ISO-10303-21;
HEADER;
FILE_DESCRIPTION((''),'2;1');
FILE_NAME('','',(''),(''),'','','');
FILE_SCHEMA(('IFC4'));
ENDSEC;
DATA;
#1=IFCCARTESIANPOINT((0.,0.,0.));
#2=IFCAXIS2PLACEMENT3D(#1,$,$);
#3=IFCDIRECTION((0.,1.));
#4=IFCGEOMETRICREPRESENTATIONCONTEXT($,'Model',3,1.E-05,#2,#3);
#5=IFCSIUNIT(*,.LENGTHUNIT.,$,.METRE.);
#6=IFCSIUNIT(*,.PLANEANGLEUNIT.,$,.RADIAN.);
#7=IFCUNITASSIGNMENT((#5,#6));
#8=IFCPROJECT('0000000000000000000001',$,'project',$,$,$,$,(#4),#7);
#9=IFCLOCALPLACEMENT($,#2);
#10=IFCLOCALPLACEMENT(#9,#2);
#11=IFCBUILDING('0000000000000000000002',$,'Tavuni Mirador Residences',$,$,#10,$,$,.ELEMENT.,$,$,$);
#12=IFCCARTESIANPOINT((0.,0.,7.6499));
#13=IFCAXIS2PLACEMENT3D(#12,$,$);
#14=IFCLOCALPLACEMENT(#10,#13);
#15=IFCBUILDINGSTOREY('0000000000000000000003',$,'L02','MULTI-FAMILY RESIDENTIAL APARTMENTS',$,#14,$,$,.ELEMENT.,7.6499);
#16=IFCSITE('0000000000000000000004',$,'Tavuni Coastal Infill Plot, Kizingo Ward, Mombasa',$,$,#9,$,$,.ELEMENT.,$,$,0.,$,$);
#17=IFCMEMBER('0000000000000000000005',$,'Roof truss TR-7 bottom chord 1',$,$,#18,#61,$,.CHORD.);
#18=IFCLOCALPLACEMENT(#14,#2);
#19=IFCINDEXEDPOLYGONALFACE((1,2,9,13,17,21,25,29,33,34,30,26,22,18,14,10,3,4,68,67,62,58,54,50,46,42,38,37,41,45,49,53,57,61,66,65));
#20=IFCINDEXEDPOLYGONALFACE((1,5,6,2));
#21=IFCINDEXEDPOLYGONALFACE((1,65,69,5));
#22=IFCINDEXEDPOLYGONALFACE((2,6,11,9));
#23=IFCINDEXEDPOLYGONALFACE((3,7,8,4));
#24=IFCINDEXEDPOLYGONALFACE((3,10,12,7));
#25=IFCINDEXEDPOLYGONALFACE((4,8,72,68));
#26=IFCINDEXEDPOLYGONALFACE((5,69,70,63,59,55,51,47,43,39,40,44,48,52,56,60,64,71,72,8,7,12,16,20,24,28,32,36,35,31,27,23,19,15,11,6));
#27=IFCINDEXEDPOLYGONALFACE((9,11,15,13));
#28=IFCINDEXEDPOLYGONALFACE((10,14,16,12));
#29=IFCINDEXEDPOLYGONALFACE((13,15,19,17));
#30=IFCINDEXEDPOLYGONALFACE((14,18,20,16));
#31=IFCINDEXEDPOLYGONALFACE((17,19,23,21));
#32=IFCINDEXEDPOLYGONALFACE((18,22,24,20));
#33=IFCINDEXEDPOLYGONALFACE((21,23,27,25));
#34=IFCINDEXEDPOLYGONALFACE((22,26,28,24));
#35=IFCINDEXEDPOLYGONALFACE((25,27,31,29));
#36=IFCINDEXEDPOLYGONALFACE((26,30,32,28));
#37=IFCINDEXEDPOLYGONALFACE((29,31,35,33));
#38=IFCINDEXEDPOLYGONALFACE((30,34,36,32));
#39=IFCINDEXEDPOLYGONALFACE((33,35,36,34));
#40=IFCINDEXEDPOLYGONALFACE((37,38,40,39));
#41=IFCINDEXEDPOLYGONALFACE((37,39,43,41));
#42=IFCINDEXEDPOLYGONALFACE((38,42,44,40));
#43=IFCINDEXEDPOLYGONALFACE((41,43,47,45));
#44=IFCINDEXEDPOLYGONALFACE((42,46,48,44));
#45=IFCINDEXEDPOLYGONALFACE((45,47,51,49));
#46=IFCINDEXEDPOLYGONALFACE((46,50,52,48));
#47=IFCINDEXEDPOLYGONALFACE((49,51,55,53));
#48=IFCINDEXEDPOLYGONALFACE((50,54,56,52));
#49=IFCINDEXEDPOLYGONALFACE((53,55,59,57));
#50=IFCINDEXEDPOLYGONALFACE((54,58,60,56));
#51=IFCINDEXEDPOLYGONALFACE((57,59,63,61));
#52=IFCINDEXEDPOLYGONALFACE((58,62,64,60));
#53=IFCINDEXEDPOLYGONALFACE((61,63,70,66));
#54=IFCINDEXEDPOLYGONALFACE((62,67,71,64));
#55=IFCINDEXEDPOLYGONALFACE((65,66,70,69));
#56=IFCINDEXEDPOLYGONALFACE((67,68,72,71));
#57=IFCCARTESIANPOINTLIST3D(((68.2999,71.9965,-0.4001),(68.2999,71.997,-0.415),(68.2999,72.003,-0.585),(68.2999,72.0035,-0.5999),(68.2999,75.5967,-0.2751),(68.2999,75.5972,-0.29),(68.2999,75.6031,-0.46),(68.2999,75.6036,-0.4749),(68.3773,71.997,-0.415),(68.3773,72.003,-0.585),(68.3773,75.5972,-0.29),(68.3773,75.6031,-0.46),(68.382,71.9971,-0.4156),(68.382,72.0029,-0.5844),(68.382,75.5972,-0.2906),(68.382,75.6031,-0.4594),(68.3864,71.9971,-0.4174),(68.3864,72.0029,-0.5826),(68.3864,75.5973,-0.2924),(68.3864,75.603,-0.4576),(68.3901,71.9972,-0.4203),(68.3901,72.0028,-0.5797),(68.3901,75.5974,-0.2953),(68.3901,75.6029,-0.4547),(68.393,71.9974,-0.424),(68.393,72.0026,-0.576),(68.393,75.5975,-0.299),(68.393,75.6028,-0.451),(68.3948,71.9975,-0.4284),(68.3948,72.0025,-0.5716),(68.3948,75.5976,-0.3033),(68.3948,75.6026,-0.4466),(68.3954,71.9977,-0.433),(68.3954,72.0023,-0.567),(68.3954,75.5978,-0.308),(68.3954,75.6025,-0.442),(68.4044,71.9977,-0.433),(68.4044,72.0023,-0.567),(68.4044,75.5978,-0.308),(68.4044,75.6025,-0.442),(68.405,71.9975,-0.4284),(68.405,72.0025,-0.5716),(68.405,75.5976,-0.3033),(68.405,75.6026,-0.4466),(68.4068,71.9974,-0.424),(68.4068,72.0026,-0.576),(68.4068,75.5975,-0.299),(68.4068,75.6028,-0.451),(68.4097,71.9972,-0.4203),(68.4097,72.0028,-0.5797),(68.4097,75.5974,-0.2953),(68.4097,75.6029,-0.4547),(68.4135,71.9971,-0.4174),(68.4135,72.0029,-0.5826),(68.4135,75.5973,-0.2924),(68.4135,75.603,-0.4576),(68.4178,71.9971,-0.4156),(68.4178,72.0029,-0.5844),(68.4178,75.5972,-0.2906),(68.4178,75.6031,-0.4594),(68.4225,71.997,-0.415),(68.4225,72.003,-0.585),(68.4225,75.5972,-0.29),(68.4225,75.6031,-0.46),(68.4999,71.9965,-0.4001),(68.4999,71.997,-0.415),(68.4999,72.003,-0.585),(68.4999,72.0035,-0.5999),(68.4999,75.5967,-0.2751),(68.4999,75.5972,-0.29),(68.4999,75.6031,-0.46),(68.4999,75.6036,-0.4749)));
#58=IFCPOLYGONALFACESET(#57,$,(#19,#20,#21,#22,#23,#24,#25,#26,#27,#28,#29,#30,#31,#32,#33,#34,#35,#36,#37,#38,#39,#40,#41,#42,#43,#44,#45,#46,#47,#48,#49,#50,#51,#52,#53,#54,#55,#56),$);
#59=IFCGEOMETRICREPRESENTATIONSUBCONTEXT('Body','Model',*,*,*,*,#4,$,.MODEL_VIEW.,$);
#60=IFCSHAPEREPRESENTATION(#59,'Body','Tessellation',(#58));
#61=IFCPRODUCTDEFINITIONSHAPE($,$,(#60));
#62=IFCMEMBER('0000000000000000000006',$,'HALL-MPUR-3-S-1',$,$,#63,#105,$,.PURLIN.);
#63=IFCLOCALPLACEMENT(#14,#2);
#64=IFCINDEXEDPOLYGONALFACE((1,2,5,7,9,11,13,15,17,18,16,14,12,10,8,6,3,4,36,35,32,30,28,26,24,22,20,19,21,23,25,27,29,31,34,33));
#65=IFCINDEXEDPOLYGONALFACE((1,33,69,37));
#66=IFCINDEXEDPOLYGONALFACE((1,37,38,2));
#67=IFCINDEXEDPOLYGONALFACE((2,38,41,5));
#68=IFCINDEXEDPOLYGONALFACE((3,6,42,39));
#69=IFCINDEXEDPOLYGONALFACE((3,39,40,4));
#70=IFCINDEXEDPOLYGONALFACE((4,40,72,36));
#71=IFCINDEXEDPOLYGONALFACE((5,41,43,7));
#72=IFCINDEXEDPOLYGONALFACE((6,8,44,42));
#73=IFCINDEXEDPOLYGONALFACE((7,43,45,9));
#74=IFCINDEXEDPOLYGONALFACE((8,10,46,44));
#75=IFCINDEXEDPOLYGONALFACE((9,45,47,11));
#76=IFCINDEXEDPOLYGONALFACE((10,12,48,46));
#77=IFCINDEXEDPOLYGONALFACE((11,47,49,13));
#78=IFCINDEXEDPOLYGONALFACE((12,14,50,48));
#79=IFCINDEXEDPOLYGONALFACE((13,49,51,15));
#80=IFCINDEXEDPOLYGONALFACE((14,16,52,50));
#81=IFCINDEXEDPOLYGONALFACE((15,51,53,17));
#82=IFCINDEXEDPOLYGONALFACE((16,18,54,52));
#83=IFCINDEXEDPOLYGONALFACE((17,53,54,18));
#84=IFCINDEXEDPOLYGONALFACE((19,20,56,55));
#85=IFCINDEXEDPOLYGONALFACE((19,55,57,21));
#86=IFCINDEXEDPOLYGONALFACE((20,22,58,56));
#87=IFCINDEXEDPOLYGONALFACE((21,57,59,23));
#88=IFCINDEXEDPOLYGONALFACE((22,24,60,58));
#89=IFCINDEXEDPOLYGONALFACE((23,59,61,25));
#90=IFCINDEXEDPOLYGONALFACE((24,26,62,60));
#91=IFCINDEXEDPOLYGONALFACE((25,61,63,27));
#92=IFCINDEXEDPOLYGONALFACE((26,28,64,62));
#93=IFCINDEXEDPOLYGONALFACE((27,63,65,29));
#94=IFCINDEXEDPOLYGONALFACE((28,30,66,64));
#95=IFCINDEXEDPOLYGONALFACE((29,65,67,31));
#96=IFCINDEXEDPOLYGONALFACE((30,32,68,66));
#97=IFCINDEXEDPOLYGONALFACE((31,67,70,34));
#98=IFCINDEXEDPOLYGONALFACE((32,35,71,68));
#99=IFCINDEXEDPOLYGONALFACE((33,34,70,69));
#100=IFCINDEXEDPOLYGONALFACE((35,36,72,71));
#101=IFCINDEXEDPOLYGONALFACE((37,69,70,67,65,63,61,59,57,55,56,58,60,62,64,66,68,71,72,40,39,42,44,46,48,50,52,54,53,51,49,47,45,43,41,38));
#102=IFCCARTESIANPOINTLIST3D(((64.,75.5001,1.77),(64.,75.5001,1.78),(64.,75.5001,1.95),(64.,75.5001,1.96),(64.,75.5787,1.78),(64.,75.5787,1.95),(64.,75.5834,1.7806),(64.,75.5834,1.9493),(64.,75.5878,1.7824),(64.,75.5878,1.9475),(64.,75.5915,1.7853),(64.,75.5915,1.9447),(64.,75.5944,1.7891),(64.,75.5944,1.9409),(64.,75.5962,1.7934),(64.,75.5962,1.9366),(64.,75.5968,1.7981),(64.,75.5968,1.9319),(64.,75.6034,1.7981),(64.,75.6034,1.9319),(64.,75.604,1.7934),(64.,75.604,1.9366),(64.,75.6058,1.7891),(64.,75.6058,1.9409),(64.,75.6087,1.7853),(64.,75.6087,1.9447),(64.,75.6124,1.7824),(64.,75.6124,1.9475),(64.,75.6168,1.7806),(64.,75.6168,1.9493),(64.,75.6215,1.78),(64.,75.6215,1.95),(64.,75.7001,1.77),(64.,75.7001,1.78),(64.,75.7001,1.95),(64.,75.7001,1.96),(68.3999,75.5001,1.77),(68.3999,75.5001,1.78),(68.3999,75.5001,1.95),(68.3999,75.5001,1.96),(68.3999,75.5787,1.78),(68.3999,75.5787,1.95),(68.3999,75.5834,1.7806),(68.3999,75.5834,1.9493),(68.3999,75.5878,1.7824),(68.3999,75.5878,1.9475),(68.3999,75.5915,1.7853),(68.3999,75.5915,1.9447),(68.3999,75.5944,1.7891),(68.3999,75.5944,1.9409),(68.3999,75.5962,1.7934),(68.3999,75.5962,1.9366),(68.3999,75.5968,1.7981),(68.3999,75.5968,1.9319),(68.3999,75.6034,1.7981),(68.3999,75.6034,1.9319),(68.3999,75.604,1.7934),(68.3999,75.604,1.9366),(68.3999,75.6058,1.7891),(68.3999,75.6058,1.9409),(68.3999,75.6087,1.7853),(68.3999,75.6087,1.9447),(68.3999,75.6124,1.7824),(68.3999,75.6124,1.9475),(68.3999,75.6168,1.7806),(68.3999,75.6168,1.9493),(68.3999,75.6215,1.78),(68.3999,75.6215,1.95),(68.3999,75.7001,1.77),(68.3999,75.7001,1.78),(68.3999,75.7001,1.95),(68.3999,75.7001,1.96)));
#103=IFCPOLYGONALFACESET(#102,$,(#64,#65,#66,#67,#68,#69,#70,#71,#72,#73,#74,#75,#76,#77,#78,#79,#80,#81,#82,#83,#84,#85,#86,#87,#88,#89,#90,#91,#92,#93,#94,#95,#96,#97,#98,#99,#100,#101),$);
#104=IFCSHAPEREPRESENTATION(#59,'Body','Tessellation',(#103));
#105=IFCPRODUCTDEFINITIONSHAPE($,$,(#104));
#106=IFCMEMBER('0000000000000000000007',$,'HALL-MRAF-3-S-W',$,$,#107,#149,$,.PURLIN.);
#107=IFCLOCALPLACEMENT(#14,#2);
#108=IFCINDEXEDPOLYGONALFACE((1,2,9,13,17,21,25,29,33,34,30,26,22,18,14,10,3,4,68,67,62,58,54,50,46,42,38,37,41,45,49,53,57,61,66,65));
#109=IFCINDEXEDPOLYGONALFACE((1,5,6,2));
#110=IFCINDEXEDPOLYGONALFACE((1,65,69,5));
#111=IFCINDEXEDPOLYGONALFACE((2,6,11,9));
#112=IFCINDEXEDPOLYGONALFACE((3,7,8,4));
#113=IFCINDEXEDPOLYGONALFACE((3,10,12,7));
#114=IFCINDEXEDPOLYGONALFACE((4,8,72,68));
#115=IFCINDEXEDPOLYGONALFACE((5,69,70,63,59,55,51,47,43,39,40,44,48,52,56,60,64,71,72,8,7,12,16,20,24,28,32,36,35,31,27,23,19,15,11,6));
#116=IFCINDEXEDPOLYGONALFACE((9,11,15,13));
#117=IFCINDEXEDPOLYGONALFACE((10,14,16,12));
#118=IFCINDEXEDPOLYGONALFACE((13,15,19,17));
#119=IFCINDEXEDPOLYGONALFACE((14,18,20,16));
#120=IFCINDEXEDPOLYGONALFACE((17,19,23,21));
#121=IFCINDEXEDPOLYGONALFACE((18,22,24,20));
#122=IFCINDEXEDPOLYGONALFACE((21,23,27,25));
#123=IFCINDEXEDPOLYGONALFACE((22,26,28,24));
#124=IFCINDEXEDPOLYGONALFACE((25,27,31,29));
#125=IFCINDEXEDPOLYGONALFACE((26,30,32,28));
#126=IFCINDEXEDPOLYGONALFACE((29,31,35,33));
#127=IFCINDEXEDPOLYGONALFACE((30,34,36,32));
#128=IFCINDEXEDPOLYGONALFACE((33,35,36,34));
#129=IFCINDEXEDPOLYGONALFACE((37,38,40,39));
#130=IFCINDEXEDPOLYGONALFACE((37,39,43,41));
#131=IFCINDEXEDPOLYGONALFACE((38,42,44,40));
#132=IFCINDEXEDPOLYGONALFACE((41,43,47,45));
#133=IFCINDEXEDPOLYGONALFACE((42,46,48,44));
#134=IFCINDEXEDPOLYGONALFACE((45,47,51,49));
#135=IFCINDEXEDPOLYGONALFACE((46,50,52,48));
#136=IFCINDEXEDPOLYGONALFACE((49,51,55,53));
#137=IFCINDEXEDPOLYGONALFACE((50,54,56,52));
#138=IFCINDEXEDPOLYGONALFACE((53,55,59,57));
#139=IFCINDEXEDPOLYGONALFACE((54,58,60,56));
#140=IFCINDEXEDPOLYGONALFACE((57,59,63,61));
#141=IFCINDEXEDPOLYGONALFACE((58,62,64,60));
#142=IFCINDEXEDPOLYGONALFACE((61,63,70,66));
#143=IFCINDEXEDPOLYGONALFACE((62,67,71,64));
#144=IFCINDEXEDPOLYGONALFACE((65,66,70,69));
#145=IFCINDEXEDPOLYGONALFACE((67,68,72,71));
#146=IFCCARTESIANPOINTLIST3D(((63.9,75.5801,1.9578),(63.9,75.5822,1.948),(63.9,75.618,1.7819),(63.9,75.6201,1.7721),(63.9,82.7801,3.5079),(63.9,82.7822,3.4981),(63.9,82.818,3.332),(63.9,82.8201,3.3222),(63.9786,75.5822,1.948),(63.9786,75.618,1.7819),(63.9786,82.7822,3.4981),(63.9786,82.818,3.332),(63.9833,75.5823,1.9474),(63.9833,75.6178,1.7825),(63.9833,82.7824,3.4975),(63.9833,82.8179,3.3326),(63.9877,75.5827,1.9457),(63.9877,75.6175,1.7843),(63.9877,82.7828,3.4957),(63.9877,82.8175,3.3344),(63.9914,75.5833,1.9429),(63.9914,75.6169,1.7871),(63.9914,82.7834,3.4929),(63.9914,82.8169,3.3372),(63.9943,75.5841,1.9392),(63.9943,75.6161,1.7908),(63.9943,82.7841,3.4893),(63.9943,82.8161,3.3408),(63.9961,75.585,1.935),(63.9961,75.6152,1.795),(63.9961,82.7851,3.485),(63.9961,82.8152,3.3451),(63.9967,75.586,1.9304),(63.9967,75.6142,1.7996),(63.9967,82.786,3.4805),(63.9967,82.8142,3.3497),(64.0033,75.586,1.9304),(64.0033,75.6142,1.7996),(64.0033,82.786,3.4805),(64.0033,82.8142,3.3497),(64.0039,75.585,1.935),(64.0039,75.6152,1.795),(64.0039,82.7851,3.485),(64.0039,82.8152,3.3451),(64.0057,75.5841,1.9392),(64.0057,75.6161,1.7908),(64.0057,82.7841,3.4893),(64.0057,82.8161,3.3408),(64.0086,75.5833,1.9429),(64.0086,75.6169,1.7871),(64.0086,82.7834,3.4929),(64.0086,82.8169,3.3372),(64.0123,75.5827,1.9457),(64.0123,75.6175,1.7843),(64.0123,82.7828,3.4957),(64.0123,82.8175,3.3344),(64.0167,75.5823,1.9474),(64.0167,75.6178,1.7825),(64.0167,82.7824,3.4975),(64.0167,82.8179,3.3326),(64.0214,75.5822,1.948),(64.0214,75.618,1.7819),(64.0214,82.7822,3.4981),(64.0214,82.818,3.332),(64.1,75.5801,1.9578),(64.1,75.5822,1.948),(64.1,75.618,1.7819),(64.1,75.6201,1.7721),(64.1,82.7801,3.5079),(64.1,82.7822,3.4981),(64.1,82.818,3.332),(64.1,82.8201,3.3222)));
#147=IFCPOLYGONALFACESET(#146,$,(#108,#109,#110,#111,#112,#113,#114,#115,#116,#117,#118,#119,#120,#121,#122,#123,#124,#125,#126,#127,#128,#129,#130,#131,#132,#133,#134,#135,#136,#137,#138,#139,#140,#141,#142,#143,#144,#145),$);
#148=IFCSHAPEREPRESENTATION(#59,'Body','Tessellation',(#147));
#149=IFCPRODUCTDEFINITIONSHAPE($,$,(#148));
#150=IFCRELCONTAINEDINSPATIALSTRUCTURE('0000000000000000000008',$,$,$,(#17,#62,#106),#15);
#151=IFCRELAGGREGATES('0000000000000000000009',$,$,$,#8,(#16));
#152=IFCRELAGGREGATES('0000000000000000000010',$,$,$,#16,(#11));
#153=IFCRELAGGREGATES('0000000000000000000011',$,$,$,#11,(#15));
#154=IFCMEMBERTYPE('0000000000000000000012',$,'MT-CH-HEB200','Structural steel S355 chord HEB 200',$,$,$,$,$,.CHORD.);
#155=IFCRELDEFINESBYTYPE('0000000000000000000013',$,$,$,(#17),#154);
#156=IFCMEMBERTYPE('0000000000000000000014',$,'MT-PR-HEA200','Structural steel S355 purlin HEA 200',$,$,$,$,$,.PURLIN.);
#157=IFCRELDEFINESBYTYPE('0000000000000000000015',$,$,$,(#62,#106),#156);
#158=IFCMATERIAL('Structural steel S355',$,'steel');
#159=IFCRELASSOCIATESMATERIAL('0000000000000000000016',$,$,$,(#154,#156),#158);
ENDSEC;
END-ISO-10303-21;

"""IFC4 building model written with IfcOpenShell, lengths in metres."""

from ifc_helpers import new_model, si_unit, direction, frame, origin, origin_2d, place, context, subcontext, project, spatial, i_section, extrude, material, material_profile, profile_set, type_object, element, save


model = new_model("IFC4")

# Units and contexts
model_context = context("Model", 3, precision=1e-05, world=origin(), true_north=direction((0.0, 1.0)))
body_context = subcontext(model_context, "Body", "Model", "MODEL_VIEW")
ifc_project = project(units=[si_unit("LENGTHUNIT", "METRE"), si_unit("PLANEANGLEUNIT", "RADIAN")], contexts=[model_context])

# Site, building, storey
site_placement = place(None, origin())
site = spatial("IfcSite", under=ifc_project, at=site_placement, Name="Tavuni Coastal Infill Plot, Kizingo Ward, Mombasa", CompositionType="ELEMENT", RefElevation=0.0)
building_placement = place(site_placement, origin())
building = spatial("IfcBuilding", under=site, at=building_placement, Name="Tavuni Mirador Residences", CompositionType="ELEMENT")
storey_placement = place(building_placement, frame((0.0, 0.0, 7.6499)))
storey = spatial("IfcBuildingStorey", under=building, at=storey_placement, Name="L02", Description="MULTI-FAMILY RESIDENTIAL APARTMENTS", CompositionType="ELEMENT", Elevation=7.6499)

# Shared definitions
ifc_material_1 = material(Name="Structural steel S355", Category="steel")

# Members
ifc_material_profile_1 = material_profile(ifc_material_1, i_section(OverallWidth=0.2, OverallDepth=0.2, WebThickness=0.009, FlangeThickness=0.0149, FilletRadius=0.0181, at=origin_2d()), Name="HEB 200", Category="steel")
ifc_profile_set_1 = profile_set([ifc_material_profile_1], Name="Structural steel S355")
member_type_1 = type_object("IfcMemberType", Name="MT-CH-HEB200", Description="Structural steel S355 chord HEB 200", PredefinedType="CHORD", material=ifc_profile_set_1)
member_1_placement = place(storey_placement, frame((68.3999, 72.0, -0.5), z_axis=(0.0, 0.999398, 0.0347), x_axis=(-1.0, 0.0, 0.0)))
element("IfcMember", 1, at=member_1_placement, inside=storey, type_object=member_type_1, Name="Roof truss TR-7 bottom chord 1", PredefinedType="CHORD", context=body_context, shape_type="SweptSolid", body=[
    extrude(i_section(OverallWidth=0.2, OverallDepth=0.2, WebThickness=0.009, FlangeThickness=0.0149, FilletRadius=0.0181, at=origin_2d()), origin(), (0.0, 0.0, 1.0), 3.6023),
])
ifc_material_profile_2 = material_profile(ifc_material_1, i_section(OverallWidth=0.2, OverallDepth=0.1899, WebThickness=0.0066, FlangeThickness=0.01, FilletRadius=0.0181, at=origin_2d()), Name="HEA 200", Category="steel")
ifc_profile_set_2 = profile_set([ifc_material_profile_2], Name="Structural steel S355")
member_type_2 = type_object("IfcMemberType", Name="MT-PR-HEA200", Description="Structural steel S355 purlin HEA 200", PredefinedType="PURLIN", material=ifc_profile_set_2)
member_2_placement = place(storey_placement, frame((64.0, 75.6001, 1.865), z_axis=(1.0, 0.0, 0.0), x_axis=(0.0, 1.0, 0.0)))
element("IfcMember", 2, at=member_2_placement, inside=storey, type_object=member_type_2, Name="HALL-MPUR-3-S-1", PredefinedType="PURLIN", context=body_context, shape_type="SweptSolid", body=[
    extrude(i_section(OverallWidth=0.2, OverallDepth=0.1899, WebThickness=0.0066, FlangeThickness=0.01, FilletRadius=0.0181, at=origin_2d()), origin(), (0.0, 0.0, 1.0), 4.3999),
])
member_3_placement = place(storey_placement, frame((64.0, 75.6001, 1.865), z_axis=(0.0, 0.977602, 0.210464), x_axis=(-1.0, 0.0, 0.0)))
element("IfcMember", 3, at=member_3_placement, inside=storey, type_object=member_type_2, Name="HALL-MRAF-3-S-W", PredefinedType="PURLIN", context=body_context, shape_type="SweptSolid", body=[
    extrude(i_section(OverallWidth=0.2, OverallDepth=0.1899, WebThickness=0.0066, FlangeThickness=0.01, FilletRadius=0.0181, at=origin_2d()), origin(), (0.0, 0.0, 1.0), 7.365),
])

save(model, "model.ifc")
